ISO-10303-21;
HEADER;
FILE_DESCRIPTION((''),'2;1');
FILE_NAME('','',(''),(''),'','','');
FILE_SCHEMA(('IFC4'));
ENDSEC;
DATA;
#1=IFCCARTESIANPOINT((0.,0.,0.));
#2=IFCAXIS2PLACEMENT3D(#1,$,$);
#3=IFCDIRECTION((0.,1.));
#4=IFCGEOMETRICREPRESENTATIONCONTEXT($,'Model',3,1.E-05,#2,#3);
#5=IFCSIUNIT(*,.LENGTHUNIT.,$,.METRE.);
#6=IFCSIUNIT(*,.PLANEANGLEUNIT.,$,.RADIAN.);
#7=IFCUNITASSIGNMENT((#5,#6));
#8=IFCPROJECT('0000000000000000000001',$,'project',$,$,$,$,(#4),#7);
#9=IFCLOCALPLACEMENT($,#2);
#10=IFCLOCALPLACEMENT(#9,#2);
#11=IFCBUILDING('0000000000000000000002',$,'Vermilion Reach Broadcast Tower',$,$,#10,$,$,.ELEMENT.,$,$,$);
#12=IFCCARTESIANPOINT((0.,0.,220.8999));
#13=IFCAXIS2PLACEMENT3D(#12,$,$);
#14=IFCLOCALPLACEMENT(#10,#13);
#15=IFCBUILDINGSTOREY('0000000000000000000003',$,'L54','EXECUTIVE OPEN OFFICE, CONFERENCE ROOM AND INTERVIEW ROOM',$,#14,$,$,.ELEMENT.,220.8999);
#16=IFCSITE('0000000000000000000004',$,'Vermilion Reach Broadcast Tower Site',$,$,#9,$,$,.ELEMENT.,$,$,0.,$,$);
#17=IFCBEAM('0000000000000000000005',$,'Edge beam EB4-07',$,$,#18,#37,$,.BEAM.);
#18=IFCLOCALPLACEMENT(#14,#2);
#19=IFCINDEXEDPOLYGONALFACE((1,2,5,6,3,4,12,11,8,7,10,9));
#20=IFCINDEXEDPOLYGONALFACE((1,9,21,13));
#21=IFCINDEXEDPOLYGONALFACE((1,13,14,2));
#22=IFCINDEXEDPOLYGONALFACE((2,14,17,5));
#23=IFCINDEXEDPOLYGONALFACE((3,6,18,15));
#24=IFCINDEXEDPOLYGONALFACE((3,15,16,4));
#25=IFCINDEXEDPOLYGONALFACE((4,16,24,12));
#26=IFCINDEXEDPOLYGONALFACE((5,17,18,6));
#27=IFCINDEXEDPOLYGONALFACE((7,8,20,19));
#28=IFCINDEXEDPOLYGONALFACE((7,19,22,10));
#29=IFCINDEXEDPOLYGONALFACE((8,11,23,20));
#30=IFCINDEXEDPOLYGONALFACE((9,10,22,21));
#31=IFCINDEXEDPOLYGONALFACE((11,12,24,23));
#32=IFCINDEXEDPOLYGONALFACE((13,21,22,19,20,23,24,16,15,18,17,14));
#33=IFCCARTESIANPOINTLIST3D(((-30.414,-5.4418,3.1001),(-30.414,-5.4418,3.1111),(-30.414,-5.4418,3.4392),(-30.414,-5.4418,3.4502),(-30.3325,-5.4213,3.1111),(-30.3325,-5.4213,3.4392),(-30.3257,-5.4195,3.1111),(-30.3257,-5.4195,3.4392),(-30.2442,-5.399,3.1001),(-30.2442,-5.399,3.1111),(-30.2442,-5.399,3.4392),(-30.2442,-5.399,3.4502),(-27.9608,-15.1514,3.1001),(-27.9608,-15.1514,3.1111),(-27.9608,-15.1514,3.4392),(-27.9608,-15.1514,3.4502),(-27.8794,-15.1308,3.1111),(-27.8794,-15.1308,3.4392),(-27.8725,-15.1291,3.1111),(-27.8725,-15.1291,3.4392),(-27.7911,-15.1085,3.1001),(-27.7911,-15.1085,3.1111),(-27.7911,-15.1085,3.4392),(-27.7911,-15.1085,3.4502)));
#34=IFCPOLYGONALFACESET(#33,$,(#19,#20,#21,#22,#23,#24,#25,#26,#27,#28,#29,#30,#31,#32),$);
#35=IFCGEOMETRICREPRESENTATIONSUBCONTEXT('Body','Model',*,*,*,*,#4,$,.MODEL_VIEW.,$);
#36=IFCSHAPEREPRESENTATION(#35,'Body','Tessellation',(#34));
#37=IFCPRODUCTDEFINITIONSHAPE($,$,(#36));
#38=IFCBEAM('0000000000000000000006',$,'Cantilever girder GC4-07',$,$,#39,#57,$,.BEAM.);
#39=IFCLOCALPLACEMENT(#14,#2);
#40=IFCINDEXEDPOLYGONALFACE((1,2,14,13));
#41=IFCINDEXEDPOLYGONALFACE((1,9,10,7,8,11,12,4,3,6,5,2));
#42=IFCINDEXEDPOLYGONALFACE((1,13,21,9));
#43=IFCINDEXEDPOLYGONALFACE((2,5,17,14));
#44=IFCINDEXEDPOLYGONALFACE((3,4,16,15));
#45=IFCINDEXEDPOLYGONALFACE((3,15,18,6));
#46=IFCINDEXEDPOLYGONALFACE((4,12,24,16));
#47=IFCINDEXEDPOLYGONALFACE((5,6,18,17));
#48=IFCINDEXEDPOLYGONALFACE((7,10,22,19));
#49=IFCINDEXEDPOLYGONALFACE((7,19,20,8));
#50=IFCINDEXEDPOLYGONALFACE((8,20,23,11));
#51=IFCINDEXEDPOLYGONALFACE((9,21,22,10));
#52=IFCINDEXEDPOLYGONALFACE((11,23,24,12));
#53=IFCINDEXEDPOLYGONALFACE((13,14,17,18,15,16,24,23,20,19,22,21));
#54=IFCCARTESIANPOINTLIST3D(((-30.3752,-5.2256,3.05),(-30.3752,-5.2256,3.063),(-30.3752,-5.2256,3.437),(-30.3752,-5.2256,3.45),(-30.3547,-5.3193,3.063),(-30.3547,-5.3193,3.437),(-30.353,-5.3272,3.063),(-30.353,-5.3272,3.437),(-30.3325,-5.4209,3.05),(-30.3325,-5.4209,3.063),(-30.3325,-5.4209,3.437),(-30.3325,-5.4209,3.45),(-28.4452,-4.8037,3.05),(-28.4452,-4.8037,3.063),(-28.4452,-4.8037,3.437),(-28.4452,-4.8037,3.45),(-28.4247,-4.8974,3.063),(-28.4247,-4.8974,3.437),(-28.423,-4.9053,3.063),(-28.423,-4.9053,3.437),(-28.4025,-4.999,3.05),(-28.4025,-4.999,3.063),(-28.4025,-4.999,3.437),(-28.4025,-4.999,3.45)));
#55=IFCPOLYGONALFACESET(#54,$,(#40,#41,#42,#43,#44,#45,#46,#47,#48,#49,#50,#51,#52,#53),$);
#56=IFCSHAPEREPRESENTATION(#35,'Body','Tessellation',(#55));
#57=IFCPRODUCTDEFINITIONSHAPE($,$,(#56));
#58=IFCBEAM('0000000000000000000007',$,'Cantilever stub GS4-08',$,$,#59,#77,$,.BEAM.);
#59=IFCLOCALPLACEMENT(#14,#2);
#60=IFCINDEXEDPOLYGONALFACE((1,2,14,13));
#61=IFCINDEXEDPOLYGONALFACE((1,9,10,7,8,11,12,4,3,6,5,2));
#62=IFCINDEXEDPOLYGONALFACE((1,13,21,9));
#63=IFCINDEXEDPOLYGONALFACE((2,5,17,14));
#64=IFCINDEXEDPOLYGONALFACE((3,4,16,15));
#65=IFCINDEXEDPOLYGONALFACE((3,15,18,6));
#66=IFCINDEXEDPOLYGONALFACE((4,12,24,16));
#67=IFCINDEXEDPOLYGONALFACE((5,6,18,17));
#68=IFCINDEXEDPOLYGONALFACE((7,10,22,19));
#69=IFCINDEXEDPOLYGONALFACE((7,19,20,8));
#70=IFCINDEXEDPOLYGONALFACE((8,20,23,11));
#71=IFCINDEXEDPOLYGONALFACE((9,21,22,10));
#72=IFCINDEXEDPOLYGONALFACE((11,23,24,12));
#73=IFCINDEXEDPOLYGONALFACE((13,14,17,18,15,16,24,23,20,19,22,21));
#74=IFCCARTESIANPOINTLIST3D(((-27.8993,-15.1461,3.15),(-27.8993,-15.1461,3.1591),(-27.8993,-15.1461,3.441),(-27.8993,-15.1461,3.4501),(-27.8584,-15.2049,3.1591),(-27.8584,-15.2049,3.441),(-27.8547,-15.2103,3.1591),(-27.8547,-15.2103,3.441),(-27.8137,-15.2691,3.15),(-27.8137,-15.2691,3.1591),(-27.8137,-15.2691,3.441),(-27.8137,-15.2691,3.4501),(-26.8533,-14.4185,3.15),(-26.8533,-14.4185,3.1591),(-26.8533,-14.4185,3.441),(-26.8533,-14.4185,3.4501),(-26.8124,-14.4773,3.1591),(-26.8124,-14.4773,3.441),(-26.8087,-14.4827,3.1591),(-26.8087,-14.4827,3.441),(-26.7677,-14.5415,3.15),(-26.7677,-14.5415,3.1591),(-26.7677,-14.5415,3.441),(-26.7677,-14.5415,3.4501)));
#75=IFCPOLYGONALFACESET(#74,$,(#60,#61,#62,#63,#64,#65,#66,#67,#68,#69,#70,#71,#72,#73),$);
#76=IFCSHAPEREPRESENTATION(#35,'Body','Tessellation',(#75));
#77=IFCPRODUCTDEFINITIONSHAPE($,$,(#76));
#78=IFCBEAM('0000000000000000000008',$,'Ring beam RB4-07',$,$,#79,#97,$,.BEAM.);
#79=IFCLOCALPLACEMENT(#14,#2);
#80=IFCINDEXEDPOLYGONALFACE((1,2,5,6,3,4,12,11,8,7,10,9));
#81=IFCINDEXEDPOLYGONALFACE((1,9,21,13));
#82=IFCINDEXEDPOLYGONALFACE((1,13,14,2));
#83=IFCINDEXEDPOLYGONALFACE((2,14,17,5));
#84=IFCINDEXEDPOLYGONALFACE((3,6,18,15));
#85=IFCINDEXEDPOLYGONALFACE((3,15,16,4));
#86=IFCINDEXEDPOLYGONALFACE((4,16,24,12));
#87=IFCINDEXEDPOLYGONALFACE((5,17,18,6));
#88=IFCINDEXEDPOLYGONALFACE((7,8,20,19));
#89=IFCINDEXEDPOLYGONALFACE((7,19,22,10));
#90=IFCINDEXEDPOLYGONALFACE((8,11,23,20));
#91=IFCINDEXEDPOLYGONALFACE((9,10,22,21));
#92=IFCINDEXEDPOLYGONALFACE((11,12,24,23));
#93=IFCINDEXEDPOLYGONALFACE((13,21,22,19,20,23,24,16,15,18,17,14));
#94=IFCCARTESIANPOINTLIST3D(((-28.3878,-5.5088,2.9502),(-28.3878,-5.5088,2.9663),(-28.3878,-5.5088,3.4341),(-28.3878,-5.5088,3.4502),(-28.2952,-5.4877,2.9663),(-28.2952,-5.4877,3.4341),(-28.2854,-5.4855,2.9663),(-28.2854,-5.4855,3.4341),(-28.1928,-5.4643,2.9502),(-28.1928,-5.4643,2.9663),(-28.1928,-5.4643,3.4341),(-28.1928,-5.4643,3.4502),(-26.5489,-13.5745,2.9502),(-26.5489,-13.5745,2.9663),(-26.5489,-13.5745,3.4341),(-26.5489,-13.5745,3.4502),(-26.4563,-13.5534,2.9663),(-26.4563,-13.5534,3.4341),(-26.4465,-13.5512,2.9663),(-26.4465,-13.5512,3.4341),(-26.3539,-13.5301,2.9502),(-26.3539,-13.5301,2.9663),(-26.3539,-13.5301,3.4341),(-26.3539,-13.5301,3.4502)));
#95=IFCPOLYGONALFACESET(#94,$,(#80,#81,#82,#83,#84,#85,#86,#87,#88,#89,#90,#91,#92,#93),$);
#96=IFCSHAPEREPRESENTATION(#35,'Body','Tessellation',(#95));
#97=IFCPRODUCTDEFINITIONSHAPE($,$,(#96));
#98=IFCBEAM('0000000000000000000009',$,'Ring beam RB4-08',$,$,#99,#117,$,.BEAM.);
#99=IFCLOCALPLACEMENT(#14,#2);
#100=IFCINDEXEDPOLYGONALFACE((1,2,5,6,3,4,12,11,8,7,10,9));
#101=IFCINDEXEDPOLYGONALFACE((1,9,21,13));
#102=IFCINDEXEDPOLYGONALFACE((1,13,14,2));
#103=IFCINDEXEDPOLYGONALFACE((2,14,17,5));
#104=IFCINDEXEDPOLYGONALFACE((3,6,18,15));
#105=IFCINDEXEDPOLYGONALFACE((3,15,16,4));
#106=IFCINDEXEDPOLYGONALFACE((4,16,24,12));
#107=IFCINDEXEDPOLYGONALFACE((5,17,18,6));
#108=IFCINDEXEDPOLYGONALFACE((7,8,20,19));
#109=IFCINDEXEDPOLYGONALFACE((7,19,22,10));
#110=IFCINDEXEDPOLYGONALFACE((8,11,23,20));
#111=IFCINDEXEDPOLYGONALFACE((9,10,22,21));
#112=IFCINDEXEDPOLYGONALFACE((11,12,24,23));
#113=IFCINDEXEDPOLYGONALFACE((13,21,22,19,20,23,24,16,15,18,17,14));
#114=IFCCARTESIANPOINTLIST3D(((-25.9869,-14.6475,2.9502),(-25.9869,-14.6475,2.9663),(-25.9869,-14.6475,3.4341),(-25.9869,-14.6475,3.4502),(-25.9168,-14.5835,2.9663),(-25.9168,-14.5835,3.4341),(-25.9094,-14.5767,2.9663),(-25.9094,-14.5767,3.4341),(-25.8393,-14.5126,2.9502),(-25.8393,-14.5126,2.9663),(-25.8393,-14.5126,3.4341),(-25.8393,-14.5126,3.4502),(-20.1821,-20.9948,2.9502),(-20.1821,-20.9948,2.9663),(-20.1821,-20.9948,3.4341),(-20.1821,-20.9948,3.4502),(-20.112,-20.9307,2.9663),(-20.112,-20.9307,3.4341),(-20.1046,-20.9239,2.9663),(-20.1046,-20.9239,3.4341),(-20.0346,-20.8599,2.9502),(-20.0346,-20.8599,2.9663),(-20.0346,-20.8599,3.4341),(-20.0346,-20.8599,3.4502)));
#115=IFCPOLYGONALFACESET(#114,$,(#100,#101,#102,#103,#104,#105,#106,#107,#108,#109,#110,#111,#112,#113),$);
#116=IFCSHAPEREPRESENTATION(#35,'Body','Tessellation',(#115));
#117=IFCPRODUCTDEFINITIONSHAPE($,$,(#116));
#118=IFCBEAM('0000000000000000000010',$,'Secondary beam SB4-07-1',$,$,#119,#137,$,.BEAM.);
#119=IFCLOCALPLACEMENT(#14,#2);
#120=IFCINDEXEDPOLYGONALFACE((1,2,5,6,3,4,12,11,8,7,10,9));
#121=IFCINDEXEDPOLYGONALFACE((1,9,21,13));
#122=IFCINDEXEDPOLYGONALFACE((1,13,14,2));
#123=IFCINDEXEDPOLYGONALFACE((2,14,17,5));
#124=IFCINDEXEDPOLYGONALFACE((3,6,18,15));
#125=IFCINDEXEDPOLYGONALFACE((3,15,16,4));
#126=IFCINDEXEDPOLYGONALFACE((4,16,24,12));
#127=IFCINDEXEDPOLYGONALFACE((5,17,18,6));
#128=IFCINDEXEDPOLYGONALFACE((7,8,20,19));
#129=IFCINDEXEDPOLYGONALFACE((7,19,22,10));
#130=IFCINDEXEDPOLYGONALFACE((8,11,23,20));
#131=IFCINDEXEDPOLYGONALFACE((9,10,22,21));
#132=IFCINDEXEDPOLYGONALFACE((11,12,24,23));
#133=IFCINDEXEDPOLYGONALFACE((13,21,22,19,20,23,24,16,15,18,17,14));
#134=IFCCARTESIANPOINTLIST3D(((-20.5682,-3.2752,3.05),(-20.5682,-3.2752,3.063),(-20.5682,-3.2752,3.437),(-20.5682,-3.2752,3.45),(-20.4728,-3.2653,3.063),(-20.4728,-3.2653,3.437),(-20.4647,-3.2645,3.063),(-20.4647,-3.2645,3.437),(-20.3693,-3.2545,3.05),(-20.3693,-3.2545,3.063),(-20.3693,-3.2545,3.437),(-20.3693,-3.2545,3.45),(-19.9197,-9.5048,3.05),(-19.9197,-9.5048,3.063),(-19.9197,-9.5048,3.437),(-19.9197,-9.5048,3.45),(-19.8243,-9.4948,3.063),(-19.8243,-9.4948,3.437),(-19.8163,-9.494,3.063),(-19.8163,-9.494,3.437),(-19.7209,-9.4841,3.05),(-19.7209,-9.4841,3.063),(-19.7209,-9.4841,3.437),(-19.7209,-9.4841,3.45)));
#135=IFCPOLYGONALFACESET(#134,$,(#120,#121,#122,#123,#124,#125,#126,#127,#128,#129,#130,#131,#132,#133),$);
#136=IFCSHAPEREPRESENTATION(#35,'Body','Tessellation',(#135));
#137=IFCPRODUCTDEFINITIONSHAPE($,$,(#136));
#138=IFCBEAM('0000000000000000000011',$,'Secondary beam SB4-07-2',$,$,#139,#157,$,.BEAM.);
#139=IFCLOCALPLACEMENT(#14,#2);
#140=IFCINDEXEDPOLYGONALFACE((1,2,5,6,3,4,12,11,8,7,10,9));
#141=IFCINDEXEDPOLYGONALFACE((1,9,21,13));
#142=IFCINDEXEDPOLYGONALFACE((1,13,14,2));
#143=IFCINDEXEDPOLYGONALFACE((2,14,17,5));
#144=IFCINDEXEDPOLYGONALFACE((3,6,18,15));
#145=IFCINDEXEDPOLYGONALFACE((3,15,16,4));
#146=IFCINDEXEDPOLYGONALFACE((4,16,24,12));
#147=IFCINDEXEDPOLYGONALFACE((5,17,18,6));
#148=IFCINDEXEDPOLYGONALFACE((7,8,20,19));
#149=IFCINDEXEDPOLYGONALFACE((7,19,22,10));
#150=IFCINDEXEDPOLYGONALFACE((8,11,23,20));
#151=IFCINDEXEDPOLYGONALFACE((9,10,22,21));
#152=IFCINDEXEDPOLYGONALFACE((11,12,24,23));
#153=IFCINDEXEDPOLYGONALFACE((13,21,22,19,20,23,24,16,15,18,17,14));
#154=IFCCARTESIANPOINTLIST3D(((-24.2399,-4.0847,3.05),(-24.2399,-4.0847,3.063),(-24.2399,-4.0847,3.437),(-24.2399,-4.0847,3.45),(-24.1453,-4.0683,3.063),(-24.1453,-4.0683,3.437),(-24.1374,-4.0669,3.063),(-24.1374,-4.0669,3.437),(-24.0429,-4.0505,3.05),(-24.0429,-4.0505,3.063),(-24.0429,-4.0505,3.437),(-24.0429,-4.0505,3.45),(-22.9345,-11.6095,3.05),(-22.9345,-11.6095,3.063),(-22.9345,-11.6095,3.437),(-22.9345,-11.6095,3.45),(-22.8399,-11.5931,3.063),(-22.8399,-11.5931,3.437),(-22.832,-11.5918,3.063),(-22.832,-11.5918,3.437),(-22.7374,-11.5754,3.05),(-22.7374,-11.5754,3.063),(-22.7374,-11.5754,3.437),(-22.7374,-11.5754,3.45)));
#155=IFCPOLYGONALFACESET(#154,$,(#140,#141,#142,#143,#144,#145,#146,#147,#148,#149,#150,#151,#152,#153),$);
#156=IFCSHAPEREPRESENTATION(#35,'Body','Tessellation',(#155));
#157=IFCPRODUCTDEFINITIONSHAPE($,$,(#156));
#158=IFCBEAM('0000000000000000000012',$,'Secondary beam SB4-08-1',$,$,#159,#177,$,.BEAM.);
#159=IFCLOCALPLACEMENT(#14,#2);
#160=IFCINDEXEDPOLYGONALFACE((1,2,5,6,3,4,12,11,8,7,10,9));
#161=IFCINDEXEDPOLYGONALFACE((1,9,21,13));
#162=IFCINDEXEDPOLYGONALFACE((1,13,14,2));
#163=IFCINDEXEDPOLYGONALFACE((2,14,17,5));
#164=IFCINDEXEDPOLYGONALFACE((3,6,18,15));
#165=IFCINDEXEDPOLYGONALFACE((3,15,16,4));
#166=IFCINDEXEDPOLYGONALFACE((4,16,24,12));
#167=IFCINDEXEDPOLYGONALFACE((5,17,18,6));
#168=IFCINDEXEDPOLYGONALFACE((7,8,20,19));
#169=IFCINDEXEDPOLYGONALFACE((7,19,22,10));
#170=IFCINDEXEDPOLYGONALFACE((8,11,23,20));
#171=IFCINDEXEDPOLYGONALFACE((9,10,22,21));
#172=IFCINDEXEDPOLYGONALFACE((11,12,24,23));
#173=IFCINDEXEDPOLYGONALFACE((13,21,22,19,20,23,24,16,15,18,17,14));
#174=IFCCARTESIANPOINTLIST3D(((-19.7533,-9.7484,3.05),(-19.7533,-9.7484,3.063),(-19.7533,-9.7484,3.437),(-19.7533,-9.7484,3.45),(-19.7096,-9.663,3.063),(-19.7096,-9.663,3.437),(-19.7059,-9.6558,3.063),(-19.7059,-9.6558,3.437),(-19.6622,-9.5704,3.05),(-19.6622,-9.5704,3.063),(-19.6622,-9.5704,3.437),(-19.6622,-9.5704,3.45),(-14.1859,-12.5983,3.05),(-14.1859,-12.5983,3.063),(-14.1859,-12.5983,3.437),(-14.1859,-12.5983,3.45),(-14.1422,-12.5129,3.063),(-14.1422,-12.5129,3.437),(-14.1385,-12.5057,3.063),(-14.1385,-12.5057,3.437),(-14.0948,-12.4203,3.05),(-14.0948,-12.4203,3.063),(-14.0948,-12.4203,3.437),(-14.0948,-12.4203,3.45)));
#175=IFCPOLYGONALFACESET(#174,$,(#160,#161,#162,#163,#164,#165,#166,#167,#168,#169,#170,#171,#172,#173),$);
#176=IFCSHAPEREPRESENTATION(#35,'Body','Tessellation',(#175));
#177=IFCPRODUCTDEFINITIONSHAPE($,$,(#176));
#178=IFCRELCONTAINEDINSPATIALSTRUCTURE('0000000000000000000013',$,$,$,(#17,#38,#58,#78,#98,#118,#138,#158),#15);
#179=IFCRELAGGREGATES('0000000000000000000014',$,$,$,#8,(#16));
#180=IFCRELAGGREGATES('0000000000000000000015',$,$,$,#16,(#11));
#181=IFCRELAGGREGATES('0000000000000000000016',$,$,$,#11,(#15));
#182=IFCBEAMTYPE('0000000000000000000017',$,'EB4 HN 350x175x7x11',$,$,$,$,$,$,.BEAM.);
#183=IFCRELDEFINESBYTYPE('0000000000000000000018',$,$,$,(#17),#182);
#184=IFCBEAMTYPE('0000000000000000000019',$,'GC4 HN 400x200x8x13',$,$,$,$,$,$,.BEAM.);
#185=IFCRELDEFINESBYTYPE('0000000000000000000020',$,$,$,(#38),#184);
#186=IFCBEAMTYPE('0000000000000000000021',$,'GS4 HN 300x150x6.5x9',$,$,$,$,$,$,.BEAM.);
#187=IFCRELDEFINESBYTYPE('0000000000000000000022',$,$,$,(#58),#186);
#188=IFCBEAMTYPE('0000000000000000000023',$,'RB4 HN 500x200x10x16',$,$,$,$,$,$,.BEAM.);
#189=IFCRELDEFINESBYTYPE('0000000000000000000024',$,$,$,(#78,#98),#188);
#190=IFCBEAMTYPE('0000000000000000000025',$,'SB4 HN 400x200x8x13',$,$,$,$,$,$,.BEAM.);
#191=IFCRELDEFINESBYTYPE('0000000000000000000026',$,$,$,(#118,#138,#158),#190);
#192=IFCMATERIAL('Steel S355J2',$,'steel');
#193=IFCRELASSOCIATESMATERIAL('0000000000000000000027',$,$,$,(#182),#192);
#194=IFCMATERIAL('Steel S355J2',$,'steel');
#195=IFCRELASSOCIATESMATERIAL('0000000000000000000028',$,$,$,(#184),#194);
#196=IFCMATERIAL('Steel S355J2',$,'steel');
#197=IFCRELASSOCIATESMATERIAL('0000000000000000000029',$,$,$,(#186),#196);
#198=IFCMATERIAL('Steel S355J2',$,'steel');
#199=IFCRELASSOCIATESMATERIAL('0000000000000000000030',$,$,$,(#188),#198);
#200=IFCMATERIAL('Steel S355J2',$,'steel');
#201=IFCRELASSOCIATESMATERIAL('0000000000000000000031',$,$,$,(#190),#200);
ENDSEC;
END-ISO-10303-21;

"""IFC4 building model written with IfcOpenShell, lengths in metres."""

from ifc_helpers import new_model, si_unit, direction, frame, origin, origin_2d, place, context, subcontext, project, spatial, i_section, extrude, material, material_profile, profile_set, type_object, element, save


model = new_model("IFC4")

# Units and contexts
model_context = context("Model", 3, precision=1e-05, world=origin(), true_north=direction((0.0, 1.0)))
body_context = subcontext(model_context, "Body", "Model", "MODEL_VIEW")
ifc_project = project(units=[si_unit("LENGTHUNIT", "METRE"), si_unit("PLANEANGLEUNIT", "RADIAN")], contexts=[model_context])

# Site, building, storey
site_placement = place(None, origin())
site = spatial("IfcSite", under=ifc_project, at=site_placement, Name="Vermilion Reach Broadcast Tower Site", CompositionType="ELEMENT", RefElevation=0.0)
building_placement = place(site_placement, origin())
building = spatial("IfcBuilding", under=site, at=building_placement, Name="Vermilion Reach Broadcast Tower", CompositionType="ELEMENT")
storey_placement = place(building_placement, frame((0.0, 0.0, 220.8999)))
storey = spatial("IfcBuildingStorey", under=building, at=storey_placement, Name="L54", Description="EXECUTIVE OPEN OFFICE, CONFERENCE ROOM AND INTERVIEW ROOM", CompositionType="ELEMENT", Elevation=220.8999)

# Beams
ifc_material_1 = material(Name="Steel S355J2", Category="steel")
ifc_material_profile_1 = material_profile(ifc_material_1, i_section(OverallWidth=0.175, OverallDepth=0.3501, WebThickness=0.0071, FlangeThickness=0.011, at=origin_2d()), Name="S355J2 HN 350x175x7x11")
ifc_profile_set_1 = profile_set([ifc_material_profile_1], Name="Steel S355J2")
beam_type_1 = type_object("IfcBeamType", Name="EB4 HN 350x175x7x11", PredefinedType="BEAM", material=ifc_profile_set_1)
beam_1_placement = place(storey_placement, frame((-30.3291, -5.4204, 3.2751), z_axis=(0.244956, -0.969534, 0.0), x_axis=(0.969534, 0.244956, 0.0)))
element("IfcBeam", 1, at=beam_1_placement, inside=storey, type_object=beam_type_1, Name="Edge beam EB4-07", PredefinedType="BEAM", context=body_context, shape_type="SweptSolid", body=[
    extrude(i_section(OverallWidth=0.175, OverallDepth=0.3501, WebThickness=0.0071, FlangeThickness=0.011, at=origin_2d()), origin(), (0.0, 0.0, 1.0), 10.0146),
])
ifc_material_2 = material(Name="Steel S355J2", Category="steel")
ifc_material_profile_2 = material_profile(ifc_material_2, i_section(OverallWidth=0.2, OverallDepth=0.3999, WebThickness=0.0081, FlangeThickness=0.0129, at=origin_2d()), Name="S355J2 HN 400x200x8x13")
ifc_profile_set_2 = profile_set([ifc_material_profile_2], Name="Steel S355J2")
beam_type_2 = type_object("IfcBeamType", Name="GC4 HN 400x200x8x13", PredefinedType="BEAM", material=ifc_profile_set_2)
beam_2_placement = place(storey_placement, frame((-28.4238, -4.9014, 3.25), z_axis=(-0.976931, -0.213553, 0.0), x_axis=(0.213553, -0.976931, 0.0)))
element("IfcBeam", 2, at=beam_2_placement, inside=storey, type_object=beam_type_2, Name="Cantilever girder GC4-07", PredefinedType="BEAM", context=body_context, shape_type="SweptSolid", body=[
    extrude(i_section(OverallWidth=0.2, OverallDepth=0.3999, WebThickness=0.0081, FlangeThickness=0.0129, at=origin_2d()), origin(), (0.0, 0.0, 1.0), 1.9756),
])
ifc_material_3 = material(Name="Steel S355J2", Category="steel")
ifc_material_profile_3 = material_profile(ifc_material_3, i_section(OverallWidth=0.1499, OverallDepth=0.3, WebThickness=0.0066, FlangeThickness=0.009, at=origin_2d()), Name="S355J2 HN 300x150x6.5x9")
ifc_profile_set_3 = profile_set([ifc_material_profile_3], Name="Steel S355J2")
beam_type_3 = type_object("IfcBeamType", Name="GS4 HN 300x150x6.5x9", PredefinedType="BEAM", material=ifc_profile_set_3)
beam_3_placement = place(storey_placement, frame((-26.8105, -14.48, 3.3), z_axis=(-0.820921, -0.571042, 0.0), x_axis=(0.571042, -0.820921, 0.0)))
element("IfcBeam", 3, at=beam_3_placement, inside=storey, type_object=beam_type_3, Name="Cantilever stub GS4-08", PredefinedType="BEAM", context=body_context, shape_type="SweptSolid", body=[
    extrude(i_section(OverallWidth=0.1499, OverallDepth=0.3, WebThickness=0.0066, FlangeThickness=0.009, at=origin_2d()), origin(), (0.0, 0.0, 1.0), 1.2742),
])
ifc_material_4 = material(Name="Steel S355J2", Category="steel")
ifc_material_profile_4 = material_profile(ifc_material_4, i_section(OverallWidth=0.2, OverallDepth=0.5, WebThickness=0.01, FlangeThickness=0.0161, at=origin_2d()), Name="S355J2 HN 500x200x10x16")
ifc_profile_set_4 = profile_set([ifc_material_profile_4], Name="Steel S355J2")
beam_type_4 = type_object("IfcBeamType", Name="RB4 HN 500x200x10x16", PredefinedType="BEAM", material=ifc_profile_set_4)
beam_4_placement = place(storey_placement, frame((-28.2903, -5.4866, 3.2002), z_axis=(0.222283, -0.974982, 0.0), x_axis=(0.974982, 0.222283, 0.0)))
element("IfcBeam", 4, at=beam_4_placement, inside=storey, type_object=beam_type_4, Name="Ring beam RB4-07", PredefinedType="BEAM", context=body_context, shape_type="SweptSolid", body=[
    extrude(i_section(OverallWidth=0.2, OverallDepth=0.5, WebThickness=0.01, FlangeThickness=0.0161, at=origin_2d()), origin(), (0.0, 0.0, 1.0), 8.2727),
])
beam_5_placement = place(storey_placement, frame((-25.9131, -14.5801, 3.2002), z_axis=(0.674868, -0.737938, 0.0), x_axis=(0.737938, 0.674868, 0.0)))
element("IfcBeam", 5, at=beam_5_placement, inside=storey, type_object=beam_type_4, Name="Ring beam RB4-08", PredefinedType="BEAM", context=body_context, shape_type="SweptSolid", body=[
    extrude(i_section(OverallWidth=0.2, OverallDepth=0.5, WebThickness=0.01, FlangeThickness=0.0161, at=origin_2d()), origin(), (0.0, 0.0, 1.0), 8.6013),
])
ifc_material_5 = material(Name="Steel S355J2", Category="steel")
ifc_material_profile_5 = material_profile(ifc_material_5, i_section(OverallWidth=0.2, OverallDepth=0.3999, WebThickness=0.0081, FlangeThickness=0.0129, at=origin_2d()), Name="S355J2 HN 400x200x8x13")
ifc_profile_set_5 = profile_set([ifc_material_profile_5], Name="Steel S355J2")
beam_type_5 = type_object("IfcBeamType", Name="SB4 HN 400x200x8x13", PredefinedType="BEAM", material=ifc_profile_set_5)
beam_6_placement = place(storey_placement, frame((-20.4688, -3.2649, 3.25), z_axis=(0.103532, -0.994626, 0.0), x_axis=(0.994626, 0.103532, 0.0)))
element("IfcBeam", 6, at=beam_6_placement, inside=storey, type_object=beam_type_5, Name="Secondary beam SB4-07-1", PredefinedType="BEAM", context=body_context, shape_type="SweptSolid", body=[
    extrude(i_section(OverallWidth=0.2, OverallDepth=0.3999, WebThickness=0.0081, FlangeThickness=0.0129, at=origin_2d()), origin(), (0.0, 0.0, 1.0), 6.2632),
])
beam_7_placement = place(storey_placement, frame((-24.1414, -4.0676, 3.25), z_axis=(0.170927, -0.985284, 0.0), x_axis=(0.985284, 0.170927, 0.0)))
element("IfcBeam", 7, at=beam_7_placement, inside=storey, type_object=beam_type_5, Name="Secondary beam SB4-07-2", PredefinedType="BEAM", context=body_context, shape_type="SweptSolid", body=[
    extrude(i_section(OverallWidth=0.2, OverallDepth=0.3999, WebThickness=0.0081, FlangeThickness=0.0129, at=origin_2d()), origin(), (0.0, 0.0, 1.0), 7.6372),
])
beam_8_placement = place(storey_placement, frame((-19.7078, -9.6594, 3.25), z_axis=(0.890156, -0.455656, 0.0), x_axis=(0.455656, 0.890156, 0.0)))
element("IfcBeam", 8, at=beam_8_placement, inside=storey, type_object=beam_type_5, Name="Secondary beam SB4-08-1", PredefinedType="BEAM", context=body_context, shape_type="SweptSolid", body=[
    extrude(i_section(OverallWidth=0.2, OverallDepth=0.3999, WebThickness=0.0081, FlangeThickness=0.0129, at=origin_2d()), origin(), (0.0, 0.0, 1.0), 6.2544),
])

save(model, "model.ifc")
